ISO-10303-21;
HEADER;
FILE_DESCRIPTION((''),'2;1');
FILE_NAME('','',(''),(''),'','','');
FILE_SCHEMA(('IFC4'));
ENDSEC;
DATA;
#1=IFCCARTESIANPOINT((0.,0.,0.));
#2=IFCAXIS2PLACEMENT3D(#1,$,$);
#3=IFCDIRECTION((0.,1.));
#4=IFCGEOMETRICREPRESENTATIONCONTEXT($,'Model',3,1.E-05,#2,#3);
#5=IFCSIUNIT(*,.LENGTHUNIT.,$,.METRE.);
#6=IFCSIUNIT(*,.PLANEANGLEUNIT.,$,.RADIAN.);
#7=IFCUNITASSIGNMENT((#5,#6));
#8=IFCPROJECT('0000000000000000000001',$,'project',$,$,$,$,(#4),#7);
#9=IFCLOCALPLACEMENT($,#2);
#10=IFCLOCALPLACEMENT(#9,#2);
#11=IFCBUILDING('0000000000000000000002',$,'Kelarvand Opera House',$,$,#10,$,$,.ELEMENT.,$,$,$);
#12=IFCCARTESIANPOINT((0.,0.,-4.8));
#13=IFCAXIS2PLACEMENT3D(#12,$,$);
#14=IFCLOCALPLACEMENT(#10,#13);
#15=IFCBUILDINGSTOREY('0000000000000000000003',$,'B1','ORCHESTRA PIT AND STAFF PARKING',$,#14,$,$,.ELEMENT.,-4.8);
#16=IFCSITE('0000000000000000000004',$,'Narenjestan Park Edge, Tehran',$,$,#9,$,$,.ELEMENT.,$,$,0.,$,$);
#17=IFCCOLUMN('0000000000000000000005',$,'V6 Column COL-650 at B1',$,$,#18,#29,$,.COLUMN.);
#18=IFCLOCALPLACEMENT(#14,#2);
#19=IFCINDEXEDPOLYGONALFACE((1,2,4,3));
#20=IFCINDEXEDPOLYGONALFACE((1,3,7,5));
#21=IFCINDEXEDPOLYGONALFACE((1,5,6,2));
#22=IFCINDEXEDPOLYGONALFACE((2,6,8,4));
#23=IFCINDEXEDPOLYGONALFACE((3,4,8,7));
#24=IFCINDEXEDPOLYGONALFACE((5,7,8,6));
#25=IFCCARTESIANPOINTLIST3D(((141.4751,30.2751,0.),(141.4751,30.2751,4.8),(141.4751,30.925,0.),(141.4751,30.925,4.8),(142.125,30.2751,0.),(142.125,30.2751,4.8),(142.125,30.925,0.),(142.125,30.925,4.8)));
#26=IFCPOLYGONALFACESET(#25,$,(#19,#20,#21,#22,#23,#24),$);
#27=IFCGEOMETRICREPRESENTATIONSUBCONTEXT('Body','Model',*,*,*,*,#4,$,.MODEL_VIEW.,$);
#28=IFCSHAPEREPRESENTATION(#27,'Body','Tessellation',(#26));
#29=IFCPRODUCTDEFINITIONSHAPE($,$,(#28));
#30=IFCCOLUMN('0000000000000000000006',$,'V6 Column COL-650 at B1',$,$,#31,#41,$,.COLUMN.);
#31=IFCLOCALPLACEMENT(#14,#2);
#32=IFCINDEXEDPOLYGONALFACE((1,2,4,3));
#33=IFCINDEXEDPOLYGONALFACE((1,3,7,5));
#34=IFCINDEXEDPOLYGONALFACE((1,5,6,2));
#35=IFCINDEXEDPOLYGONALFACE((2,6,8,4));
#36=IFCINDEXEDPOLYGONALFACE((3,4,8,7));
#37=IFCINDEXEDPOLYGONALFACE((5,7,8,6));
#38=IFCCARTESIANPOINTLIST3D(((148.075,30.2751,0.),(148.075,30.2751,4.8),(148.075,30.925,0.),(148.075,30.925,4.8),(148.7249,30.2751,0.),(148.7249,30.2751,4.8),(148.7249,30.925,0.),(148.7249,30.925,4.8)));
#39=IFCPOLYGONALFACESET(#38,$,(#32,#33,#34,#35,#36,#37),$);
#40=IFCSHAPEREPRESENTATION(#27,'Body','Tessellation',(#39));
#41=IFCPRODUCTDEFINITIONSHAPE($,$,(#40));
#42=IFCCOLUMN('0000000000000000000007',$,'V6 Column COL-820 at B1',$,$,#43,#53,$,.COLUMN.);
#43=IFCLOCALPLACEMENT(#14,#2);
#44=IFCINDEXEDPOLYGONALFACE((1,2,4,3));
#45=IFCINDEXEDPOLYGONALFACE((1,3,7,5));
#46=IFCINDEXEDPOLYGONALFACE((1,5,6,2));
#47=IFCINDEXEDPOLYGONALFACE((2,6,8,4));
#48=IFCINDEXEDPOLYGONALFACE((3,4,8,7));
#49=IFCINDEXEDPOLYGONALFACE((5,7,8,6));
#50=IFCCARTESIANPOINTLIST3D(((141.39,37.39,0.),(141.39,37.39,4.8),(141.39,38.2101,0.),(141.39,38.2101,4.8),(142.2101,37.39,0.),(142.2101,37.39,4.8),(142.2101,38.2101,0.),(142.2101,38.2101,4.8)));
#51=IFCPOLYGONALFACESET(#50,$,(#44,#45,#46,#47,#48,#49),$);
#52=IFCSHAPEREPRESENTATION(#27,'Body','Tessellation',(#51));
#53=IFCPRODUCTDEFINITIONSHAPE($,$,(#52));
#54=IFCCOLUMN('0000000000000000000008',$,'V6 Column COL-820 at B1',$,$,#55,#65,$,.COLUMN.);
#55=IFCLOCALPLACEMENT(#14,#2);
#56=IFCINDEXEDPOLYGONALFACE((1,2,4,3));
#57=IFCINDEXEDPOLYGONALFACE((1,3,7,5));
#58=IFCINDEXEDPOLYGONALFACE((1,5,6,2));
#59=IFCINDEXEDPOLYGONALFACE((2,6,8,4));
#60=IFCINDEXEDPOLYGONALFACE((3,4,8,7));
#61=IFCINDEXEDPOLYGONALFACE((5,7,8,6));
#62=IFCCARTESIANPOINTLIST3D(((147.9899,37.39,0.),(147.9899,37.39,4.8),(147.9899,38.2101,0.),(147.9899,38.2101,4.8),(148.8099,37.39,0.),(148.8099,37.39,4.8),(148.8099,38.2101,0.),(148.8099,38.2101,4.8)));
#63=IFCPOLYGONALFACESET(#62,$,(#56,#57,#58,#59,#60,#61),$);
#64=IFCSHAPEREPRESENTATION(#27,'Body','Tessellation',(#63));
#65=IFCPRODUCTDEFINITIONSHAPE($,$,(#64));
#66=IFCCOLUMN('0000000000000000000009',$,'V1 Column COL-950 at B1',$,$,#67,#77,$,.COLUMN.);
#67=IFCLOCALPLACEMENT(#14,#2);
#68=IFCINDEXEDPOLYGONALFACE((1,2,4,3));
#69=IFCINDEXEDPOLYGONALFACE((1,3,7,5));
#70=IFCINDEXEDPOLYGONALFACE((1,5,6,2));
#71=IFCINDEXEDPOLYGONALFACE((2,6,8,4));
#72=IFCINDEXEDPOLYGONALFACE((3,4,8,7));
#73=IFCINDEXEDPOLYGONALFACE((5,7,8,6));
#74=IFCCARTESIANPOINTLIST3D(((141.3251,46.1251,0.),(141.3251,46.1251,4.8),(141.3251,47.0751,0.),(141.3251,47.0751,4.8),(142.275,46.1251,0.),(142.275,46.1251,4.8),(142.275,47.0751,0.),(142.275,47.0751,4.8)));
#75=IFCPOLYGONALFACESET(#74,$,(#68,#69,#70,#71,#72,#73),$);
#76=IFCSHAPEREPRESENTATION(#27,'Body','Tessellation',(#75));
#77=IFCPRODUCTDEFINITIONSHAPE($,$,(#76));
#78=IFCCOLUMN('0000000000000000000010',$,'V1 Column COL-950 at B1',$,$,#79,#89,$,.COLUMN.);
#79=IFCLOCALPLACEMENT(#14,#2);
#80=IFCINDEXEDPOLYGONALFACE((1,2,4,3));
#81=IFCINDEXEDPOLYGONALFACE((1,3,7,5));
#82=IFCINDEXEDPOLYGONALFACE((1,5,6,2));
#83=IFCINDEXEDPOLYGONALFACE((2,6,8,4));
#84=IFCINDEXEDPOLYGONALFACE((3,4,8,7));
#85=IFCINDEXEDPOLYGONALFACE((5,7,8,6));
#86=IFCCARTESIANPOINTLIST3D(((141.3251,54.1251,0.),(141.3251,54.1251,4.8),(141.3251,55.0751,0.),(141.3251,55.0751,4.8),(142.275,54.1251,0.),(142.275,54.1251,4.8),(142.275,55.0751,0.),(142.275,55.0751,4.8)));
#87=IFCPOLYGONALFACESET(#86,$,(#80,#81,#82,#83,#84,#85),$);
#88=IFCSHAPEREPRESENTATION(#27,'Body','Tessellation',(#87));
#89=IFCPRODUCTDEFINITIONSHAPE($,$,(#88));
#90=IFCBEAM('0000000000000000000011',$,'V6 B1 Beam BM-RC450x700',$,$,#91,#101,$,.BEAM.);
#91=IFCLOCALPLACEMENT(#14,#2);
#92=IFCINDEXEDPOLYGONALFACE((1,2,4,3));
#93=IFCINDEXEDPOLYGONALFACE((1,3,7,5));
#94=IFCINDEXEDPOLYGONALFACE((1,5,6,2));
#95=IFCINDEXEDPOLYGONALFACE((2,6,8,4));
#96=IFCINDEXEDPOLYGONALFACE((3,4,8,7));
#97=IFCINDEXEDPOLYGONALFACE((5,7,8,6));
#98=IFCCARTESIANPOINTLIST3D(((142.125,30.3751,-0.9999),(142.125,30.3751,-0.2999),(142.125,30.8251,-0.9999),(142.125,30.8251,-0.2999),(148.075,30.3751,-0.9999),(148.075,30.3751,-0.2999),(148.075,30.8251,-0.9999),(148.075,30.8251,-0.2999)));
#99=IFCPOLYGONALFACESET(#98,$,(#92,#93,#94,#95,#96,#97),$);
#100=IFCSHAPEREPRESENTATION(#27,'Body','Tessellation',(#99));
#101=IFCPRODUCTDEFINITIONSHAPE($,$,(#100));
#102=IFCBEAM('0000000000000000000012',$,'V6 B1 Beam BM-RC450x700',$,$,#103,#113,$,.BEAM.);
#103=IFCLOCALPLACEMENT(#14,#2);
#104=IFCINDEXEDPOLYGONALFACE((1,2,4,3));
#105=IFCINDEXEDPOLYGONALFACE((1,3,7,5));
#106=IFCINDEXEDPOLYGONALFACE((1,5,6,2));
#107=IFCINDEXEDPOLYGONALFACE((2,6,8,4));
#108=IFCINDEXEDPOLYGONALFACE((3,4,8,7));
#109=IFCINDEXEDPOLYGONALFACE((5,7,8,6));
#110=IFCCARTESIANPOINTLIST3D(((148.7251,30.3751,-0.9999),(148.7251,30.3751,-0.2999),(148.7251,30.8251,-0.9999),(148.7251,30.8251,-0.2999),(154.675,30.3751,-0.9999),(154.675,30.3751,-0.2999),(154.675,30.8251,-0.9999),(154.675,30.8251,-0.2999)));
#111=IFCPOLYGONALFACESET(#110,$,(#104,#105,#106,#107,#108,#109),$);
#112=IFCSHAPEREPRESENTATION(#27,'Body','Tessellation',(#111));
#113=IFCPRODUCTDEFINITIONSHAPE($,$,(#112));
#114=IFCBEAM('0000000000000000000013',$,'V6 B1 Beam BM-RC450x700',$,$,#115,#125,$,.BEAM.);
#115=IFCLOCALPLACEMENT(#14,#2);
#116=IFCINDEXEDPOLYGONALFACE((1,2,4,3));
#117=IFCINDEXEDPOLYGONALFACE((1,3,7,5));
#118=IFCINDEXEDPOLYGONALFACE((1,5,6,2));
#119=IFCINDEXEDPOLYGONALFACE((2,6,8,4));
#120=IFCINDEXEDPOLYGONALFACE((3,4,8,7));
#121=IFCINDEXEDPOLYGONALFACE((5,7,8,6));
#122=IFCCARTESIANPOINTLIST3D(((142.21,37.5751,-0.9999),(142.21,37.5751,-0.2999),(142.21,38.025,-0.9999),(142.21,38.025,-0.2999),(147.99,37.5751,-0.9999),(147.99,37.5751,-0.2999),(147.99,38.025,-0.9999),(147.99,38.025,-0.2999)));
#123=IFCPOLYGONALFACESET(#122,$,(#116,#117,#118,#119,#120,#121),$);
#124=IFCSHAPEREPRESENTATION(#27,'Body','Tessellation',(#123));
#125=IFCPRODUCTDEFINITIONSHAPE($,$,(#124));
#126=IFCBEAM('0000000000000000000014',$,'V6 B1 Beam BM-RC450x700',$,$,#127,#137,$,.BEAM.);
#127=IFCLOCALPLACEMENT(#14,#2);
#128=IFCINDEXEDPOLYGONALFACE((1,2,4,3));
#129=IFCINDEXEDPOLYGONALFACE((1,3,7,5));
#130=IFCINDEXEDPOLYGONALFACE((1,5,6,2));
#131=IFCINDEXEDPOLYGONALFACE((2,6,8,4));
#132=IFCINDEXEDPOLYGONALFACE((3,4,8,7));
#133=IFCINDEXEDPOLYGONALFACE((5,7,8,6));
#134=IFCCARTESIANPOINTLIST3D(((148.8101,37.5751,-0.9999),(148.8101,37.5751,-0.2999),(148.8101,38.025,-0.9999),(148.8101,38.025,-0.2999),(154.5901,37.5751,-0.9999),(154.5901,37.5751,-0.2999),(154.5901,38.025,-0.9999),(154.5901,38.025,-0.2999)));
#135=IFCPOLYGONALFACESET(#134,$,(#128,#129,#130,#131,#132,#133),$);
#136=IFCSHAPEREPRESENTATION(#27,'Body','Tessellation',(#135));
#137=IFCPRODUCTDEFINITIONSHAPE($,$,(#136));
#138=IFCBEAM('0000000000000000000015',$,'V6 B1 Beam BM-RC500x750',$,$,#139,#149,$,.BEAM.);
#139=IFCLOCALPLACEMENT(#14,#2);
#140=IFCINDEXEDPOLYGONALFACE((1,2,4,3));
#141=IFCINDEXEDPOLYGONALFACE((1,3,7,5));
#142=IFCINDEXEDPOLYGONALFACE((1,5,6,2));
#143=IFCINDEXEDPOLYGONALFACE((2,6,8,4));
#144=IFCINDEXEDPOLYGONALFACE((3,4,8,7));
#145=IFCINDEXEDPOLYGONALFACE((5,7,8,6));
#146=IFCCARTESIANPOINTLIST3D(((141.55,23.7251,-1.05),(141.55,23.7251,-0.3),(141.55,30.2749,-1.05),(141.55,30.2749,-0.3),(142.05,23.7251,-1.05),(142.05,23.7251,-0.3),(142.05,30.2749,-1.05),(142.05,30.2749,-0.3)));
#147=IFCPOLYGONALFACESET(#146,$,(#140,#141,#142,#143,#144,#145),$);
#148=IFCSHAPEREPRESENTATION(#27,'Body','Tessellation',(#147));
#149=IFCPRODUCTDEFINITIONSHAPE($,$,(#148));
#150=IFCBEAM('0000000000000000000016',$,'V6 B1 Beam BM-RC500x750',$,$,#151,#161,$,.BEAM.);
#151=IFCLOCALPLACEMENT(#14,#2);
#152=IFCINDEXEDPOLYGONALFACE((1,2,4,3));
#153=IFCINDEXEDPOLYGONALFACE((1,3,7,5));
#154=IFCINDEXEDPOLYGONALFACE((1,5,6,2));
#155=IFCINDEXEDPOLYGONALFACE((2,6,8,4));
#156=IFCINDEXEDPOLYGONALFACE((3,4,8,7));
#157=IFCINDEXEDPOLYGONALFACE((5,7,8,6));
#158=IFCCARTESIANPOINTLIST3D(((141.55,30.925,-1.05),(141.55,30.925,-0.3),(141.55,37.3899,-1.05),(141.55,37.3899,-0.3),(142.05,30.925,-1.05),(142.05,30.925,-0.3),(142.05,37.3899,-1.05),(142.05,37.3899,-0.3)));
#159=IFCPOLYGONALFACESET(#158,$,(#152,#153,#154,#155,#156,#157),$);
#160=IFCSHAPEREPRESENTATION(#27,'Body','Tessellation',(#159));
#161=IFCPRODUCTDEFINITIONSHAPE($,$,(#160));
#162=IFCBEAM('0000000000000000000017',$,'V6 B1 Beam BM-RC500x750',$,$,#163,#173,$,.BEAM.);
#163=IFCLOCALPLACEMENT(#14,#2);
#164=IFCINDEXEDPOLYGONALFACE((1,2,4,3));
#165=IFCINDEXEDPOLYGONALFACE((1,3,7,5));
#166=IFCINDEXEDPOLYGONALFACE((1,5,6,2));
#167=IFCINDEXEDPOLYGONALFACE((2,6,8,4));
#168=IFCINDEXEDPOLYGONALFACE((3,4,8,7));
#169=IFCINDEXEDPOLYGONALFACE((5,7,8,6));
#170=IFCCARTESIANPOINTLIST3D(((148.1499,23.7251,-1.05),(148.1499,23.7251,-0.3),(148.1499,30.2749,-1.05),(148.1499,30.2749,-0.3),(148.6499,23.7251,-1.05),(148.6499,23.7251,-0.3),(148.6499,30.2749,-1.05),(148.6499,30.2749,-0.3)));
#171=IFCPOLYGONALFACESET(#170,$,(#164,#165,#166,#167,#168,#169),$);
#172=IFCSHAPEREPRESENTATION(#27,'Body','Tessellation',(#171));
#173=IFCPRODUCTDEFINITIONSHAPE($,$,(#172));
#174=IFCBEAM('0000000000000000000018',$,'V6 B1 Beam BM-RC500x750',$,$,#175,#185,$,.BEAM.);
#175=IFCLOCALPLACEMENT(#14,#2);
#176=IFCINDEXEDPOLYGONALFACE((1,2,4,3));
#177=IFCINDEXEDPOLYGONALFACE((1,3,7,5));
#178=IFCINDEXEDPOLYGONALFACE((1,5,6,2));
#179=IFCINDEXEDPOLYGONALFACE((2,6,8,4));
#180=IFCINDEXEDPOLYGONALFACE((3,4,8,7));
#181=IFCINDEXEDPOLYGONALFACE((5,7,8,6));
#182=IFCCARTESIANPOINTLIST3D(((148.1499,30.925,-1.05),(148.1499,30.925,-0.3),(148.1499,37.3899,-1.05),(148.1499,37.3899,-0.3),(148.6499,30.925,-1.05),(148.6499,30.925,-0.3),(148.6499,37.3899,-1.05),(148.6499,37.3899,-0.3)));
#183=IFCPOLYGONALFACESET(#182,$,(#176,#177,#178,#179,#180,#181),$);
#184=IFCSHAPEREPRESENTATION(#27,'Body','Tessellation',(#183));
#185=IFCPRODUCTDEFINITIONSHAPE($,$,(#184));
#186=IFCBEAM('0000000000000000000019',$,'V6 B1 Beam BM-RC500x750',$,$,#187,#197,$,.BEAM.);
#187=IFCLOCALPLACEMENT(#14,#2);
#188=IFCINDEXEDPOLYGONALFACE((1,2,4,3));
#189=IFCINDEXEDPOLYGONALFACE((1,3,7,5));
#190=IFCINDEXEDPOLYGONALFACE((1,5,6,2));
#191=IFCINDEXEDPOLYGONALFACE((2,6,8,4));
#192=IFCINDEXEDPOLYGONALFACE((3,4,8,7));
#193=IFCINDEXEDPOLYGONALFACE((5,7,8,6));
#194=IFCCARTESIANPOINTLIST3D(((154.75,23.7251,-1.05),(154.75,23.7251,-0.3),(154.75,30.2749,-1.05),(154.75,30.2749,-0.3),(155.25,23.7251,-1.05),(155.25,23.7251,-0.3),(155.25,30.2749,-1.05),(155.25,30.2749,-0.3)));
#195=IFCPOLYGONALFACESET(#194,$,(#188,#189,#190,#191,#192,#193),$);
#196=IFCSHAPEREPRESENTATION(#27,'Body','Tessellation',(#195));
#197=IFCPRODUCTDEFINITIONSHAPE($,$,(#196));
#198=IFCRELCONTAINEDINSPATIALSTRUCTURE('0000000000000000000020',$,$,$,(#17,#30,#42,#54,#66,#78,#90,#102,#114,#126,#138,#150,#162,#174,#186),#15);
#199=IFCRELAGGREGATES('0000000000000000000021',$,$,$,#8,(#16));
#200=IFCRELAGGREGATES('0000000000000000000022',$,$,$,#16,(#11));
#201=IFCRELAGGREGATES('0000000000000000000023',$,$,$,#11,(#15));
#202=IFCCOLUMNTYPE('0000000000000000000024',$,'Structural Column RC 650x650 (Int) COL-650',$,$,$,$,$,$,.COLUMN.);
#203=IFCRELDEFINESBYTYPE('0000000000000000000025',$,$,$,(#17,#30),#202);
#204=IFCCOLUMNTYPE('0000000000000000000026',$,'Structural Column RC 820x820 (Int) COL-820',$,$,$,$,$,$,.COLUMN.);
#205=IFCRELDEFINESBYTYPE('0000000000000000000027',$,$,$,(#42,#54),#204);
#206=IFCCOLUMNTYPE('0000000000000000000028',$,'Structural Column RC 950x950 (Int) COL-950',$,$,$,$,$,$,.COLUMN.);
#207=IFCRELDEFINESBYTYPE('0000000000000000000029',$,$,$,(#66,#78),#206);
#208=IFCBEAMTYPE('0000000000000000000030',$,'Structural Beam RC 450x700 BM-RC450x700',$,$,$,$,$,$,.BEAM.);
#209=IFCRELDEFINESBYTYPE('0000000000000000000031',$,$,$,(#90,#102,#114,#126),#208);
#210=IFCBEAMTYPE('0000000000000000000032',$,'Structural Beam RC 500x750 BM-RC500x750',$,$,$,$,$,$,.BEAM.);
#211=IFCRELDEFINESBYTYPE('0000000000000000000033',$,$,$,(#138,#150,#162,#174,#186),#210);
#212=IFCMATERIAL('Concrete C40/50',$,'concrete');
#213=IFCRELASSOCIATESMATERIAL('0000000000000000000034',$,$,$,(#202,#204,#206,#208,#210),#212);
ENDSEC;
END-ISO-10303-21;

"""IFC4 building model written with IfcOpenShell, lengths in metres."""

from ifc_helpers import new_model, si_unit, direction, frame, origin, origin_2d, place, context, subcontext, project, spatial, rectangle, extrude, material, material_profile, profile_set, type_object, element, save


model = new_model("IFC4")

# Units and contexts
model_context = context("Model", 3, precision=1e-05, world=origin(), true_north=direction((0.0, 1.0)))
body_context = subcontext(model_context, "Body", "Model", "MODEL_VIEW")
ifc_project = project(units=[si_unit("LENGTHUNIT", "METRE"), si_unit("PLANEANGLEUNIT", "RADIAN")], contexts=[model_context])

# Site, building, storey
site_placement = place(None, origin())
site = spatial("IfcSite", under=ifc_project, at=site_placement, Name="Narenjestan Park Edge, Tehran", CompositionType="ELEMENT", RefElevation=0.0)
building_placement = place(site_placement, origin())
building = spatial("IfcBuilding", under=site, at=building_placement, Name="Kelarvand Opera House", CompositionType="ELEMENT")
storey_placement = place(building_placement, frame((0.0, 0.0, -4.8)))
storey = spatial("IfcBuildingStorey", under=building, at=storey_placement, Name="B1", Description="ORCHESTRA PIT AND STAFF PARKING", CompositionType="ELEMENT", Elevation=-4.8)

# Columns
ifc_material_1 = material(Name="Concrete C40/50", Category="concrete")
ifc_material_profile_1 = material_profile(ifc_material_1, rectangle(XDim=0.6499, YDim=0.6499, at=origin_2d()), Name="RC 650x650", Category="concrete")
ifc_profile_set_1 = profile_set([ifc_material_profile_1], Name="Concrete C40/50")
column_type_1 = type_object("IfcColumnType", Name="Structural Column RC 650x650 (Int) COL-650", PredefinedType="COLUMN", material=ifc_profile_set_1)
for number, where, z_axis, x_axis, name in (
    (1, (141.8, 30.6001, 0.0), (0.0, 0.0, 1.0), (1.0, 0.0, 0.0), "V6 Column COL-650 at B1"),
    (2, (148.3999, 30.6001, 0.0), (0.0, 0.0, 1.0), (1.0, 0.0, 0.0), "V6 Column COL-650 at B1"),
):
    element("IfcColumn", number, at=place(storey_placement, frame(where, z_axis=z_axis, x_axis=x_axis)), inside=storey, type_object=column_type_1, Name=name, PredefinedType="COLUMN", context=body_context, shape_type="SweptSolid", body=[
        extrude(rectangle(XDim=0.6499, YDim=0.6499, at=origin_2d()), origin(), (0.0, 0.0, 1.0), 4.8),
    ])
ifc_material_profile_2 = material_profile(ifc_material_1, rectangle(XDim=0.8201, YDim=0.8201, at=origin_2d()), Name="RC 820x820", Category="concrete")
ifc_profile_set_2 = profile_set([ifc_material_profile_2], Name="Concrete C40/50")
column_type_2 = type_object("IfcColumnType", Name="Structural Column RC 820x820 (Int) COL-820", PredefinedType="COLUMN", material=ifc_profile_set_2)
for number, where, z_axis, x_axis, name in (
    (3, (141.8, 37.8, 0.0), (0.0, 0.0, 1.0), (1.0, 0.0, 0.0), "V6 Column COL-820 at B1"),
    (4, (148.3999, 37.8, 0.0), (0.0, 0.0, 1.0), (1.0, 0.0, 0.0), "V6 Column COL-820 at B1"),
):
    element("IfcColumn", number, at=place(storey_placement, frame(where, z_axis=z_axis, x_axis=x_axis)), inside=storey, type_object=column_type_2, Name=name, PredefinedType="COLUMN", context=body_context, shape_type="SweptSolid", body=[
        extrude(rectangle(XDim=0.8201, YDim=0.8201, at=origin_2d()), origin(), (0.0, 0.0, 1.0), 4.8),
    ])
ifc_material_profile_3 = material_profile(ifc_material_1, rectangle(XDim=0.95, YDim=0.95, at=origin_2d()), Name="RC 950x950", Category="concrete")
ifc_profile_set_3 = profile_set([ifc_material_profile_3], Name="Concrete C40/50")
column_type_3 = type_object("IfcColumnType", Name="Structural Column RC 950x950 (Int) COL-950", PredefinedType="COLUMN", material=ifc_profile_set_3)
for number, where, z_axis, x_axis, name in (
    (5, (141.8, 46.6001, 0.0), (0.0, 0.0, 1.0), (1.0, 0.0, 0.0), "V1 Column COL-950 at B1"),
    (6, (141.8, 54.6001, 0.0), (0.0, 0.0, 1.0), (1.0, 0.0, 0.0), "V1 Column COL-950 at B1"),
):
    element("IfcColumn", number, at=place(storey_placement, frame(where, z_axis=z_axis, x_axis=x_axis)), inside=storey, type_object=column_type_3, Name=name, PredefinedType="COLUMN", context=body_context, shape_type="SweptSolid", body=[
        extrude(rectangle(XDim=0.95, YDim=0.95, at=origin_2d()), origin(), (0.0, 0.0, 1.0), 4.8),
    ])

# Beams
ifc_material_profile_4 = material_profile(ifc_material_1, rectangle(XDim=0.45, YDim=0.7, at=origin_2d()), Name="RC 450x700", Category="concrete")
ifc_profile_set_4 = profile_set([ifc_material_profile_4], Name="Concrete C40/50")
beam_type_1 = type_object("IfcBeamType", Name="Structural Beam RC 450x700 BM-RC450x700", PredefinedType="BEAM", material=ifc_profile_set_4)
for number, where, z_axis, x_axis, name in (
    (7, (142.125, 30.6001, -0.6499), (1.0, 0.0, 0.0), (0.0, 1.0, 0.0), "V6 B1 Beam BM-RC450x700"),
    (8, (148.7251, 30.6001, -0.6499), (1.0, 0.0, 0.0), (0.0, 1.0, 0.0), "V6 B1 Beam BM-RC450x700"),
):
    element("IfcBeam", number, at=place(storey_placement, frame(where, z_axis=z_axis, x_axis=x_axis)), inside=storey, type_object=beam_type_1, Name=name, PredefinedType="BEAM", context=body_context, shape_type="SweptSolid", body=[
        extrude(rectangle(XDim=0.45, YDim=0.7, at=origin_2d()), origin(), (0.0, 0.0, 1.0), 5.95),
    ])
for number, where, z_axis, x_axis, name in (
    (9, (142.21, 37.8, -0.6499), (1.0, 0.0, 0.0), (0.0, 1.0, 0.0), "V6 B1 Beam BM-RC450x700"),
    (10, (148.8101, 37.8, -0.6499), (1.0, 0.0, 0.0), (0.0, 1.0, 0.0), "V6 B1 Beam BM-RC450x700"),
):
    element("IfcBeam", number, at=place(storey_placement, frame(where, z_axis=z_axis, x_axis=x_axis)), inside=storey, type_object=beam_type_1, Name=name, PredefinedType="BEAM", context=body_context, shape_type="SweptSolid", body=[
        extrude(rectangle(XDim=0.45, YDim=0.7, at=origin_2d()), origin(), (0.0, 0.0, 1.0), 5.78),
    ])
ifc_material_profile_5 = material_profile(ifc_material_1, rectangle(XDim=0.5, YDim=0.75, at=origin_2d()), Name="RC 500x750", Category="concrete")
ifc_profile_set_5 = profile_set([ifc_material_profile_5], Name="Concrete C40/50")
beam_type_2 = type_object("IfcBeamType", Name="Structural Beam RC 500x750 BM-RC500x750", PredefinedType="BEAM", material=ifc_profile_set_5)
beam_1_placement = place(storey_placement, frame((141.8, 23.7251, -0.675), z_axis=(0.0, 1.0, 0.0), x_axis=(-1.0, 0.0, 0.0)))
element("IfcBeam", 11, at=beam_1_placement, inside=storey, type_object=beam_type_2, Name="V6 B1 Beam BM-RC500x750", PredefinedType="BEAM", context=body_context, shape_type="SweptSolid", body=[
    extrude(rectangle(XDim=0.5, YDim=0.75, at=origin_2d()), origin(), (0.0, 0.0, 1.0), 6.5498),
])
beam_2_placement = place(storey_placement, frame((141.8, 30.925, -0.675), z_axis=(0.0, 1.0, 0.0), x_axis=(-1.0, 0.0, 0.0)))
element("IfcBeam", 12, at=beam_2_placement, inside=storey, type_object=beam_type_2, Name="V6 B1 Beam BM-RC500x750", PredefinedType="BEAM", context=body_context, shape_type="SweptSolid", body=[
    extrude(rectangle(XDim=0.5, YDim=0.75, at=origin_2d()), origin(), (0.0, 0.0, 1.0), 6.4648),
])
beam_3_placement = place(storey_placement, frame((148.3999, 23.7251, -0.675), z_axis=(0.0, 1.0, 0.0), x_axis=(-1.0, 0.0, 0.0)))
element("IfcBeam", 13, at=beam_3_placement, inside=storey, type_object=beam_type_2, Name="V6 B1 Beam BM-RC500x750", PredefinedType="BEAM", context=body_context, shape_type="SweptSolid", body=[
    extrude(rectangle(XDim=0.5, YDim=0.75, at=origin_2d()), origin(), (0.0, 0.0, 1.0), 6.5498),
])
beam_4_placement = place(storey_placement, frame((148.3999, 30.925, -0.675), z_axis=(0.0, 1.0, 0.0), x_axis=(-1.0, 0.0, 0.0)))
element("IfcBeam", 14, at=beam_4_placement, inside=storey, type_object=beam_type_2, Name="V6 B1 Beam BM-RC500x750", PredefinedType="BEAM", context=body_context, shape_type="SweptSolid", body=[
    extrude(rectangle(XDim=0.5, YDim=0.75, at=origin_2d()), origin(), (0.0, 0.0, 1.0), 6.4648),
])
beam_5_placement = place(storey_placement, frame((155.0, 23.7251, -0.675), z_axis=(0.0, 1.0, 0.0), x_axis=(-1.0, 0.0, 0.0)))
element("IfcBeam", 15, at=beam_5_placement, inside=storey, type_object=beam_type_2, Name="V6 B1 Beam BM-RC500x750", PredefinedType="BEAM", context=body_context, shape_type="SweptSolid", body=[
    extrude(rectangle(XDim=0.5, YDim=0.75, at=origin_2d()), origin(), (0.0, 0.0, 1.0), 6.5498),
])

save(model, "model.ifc")
